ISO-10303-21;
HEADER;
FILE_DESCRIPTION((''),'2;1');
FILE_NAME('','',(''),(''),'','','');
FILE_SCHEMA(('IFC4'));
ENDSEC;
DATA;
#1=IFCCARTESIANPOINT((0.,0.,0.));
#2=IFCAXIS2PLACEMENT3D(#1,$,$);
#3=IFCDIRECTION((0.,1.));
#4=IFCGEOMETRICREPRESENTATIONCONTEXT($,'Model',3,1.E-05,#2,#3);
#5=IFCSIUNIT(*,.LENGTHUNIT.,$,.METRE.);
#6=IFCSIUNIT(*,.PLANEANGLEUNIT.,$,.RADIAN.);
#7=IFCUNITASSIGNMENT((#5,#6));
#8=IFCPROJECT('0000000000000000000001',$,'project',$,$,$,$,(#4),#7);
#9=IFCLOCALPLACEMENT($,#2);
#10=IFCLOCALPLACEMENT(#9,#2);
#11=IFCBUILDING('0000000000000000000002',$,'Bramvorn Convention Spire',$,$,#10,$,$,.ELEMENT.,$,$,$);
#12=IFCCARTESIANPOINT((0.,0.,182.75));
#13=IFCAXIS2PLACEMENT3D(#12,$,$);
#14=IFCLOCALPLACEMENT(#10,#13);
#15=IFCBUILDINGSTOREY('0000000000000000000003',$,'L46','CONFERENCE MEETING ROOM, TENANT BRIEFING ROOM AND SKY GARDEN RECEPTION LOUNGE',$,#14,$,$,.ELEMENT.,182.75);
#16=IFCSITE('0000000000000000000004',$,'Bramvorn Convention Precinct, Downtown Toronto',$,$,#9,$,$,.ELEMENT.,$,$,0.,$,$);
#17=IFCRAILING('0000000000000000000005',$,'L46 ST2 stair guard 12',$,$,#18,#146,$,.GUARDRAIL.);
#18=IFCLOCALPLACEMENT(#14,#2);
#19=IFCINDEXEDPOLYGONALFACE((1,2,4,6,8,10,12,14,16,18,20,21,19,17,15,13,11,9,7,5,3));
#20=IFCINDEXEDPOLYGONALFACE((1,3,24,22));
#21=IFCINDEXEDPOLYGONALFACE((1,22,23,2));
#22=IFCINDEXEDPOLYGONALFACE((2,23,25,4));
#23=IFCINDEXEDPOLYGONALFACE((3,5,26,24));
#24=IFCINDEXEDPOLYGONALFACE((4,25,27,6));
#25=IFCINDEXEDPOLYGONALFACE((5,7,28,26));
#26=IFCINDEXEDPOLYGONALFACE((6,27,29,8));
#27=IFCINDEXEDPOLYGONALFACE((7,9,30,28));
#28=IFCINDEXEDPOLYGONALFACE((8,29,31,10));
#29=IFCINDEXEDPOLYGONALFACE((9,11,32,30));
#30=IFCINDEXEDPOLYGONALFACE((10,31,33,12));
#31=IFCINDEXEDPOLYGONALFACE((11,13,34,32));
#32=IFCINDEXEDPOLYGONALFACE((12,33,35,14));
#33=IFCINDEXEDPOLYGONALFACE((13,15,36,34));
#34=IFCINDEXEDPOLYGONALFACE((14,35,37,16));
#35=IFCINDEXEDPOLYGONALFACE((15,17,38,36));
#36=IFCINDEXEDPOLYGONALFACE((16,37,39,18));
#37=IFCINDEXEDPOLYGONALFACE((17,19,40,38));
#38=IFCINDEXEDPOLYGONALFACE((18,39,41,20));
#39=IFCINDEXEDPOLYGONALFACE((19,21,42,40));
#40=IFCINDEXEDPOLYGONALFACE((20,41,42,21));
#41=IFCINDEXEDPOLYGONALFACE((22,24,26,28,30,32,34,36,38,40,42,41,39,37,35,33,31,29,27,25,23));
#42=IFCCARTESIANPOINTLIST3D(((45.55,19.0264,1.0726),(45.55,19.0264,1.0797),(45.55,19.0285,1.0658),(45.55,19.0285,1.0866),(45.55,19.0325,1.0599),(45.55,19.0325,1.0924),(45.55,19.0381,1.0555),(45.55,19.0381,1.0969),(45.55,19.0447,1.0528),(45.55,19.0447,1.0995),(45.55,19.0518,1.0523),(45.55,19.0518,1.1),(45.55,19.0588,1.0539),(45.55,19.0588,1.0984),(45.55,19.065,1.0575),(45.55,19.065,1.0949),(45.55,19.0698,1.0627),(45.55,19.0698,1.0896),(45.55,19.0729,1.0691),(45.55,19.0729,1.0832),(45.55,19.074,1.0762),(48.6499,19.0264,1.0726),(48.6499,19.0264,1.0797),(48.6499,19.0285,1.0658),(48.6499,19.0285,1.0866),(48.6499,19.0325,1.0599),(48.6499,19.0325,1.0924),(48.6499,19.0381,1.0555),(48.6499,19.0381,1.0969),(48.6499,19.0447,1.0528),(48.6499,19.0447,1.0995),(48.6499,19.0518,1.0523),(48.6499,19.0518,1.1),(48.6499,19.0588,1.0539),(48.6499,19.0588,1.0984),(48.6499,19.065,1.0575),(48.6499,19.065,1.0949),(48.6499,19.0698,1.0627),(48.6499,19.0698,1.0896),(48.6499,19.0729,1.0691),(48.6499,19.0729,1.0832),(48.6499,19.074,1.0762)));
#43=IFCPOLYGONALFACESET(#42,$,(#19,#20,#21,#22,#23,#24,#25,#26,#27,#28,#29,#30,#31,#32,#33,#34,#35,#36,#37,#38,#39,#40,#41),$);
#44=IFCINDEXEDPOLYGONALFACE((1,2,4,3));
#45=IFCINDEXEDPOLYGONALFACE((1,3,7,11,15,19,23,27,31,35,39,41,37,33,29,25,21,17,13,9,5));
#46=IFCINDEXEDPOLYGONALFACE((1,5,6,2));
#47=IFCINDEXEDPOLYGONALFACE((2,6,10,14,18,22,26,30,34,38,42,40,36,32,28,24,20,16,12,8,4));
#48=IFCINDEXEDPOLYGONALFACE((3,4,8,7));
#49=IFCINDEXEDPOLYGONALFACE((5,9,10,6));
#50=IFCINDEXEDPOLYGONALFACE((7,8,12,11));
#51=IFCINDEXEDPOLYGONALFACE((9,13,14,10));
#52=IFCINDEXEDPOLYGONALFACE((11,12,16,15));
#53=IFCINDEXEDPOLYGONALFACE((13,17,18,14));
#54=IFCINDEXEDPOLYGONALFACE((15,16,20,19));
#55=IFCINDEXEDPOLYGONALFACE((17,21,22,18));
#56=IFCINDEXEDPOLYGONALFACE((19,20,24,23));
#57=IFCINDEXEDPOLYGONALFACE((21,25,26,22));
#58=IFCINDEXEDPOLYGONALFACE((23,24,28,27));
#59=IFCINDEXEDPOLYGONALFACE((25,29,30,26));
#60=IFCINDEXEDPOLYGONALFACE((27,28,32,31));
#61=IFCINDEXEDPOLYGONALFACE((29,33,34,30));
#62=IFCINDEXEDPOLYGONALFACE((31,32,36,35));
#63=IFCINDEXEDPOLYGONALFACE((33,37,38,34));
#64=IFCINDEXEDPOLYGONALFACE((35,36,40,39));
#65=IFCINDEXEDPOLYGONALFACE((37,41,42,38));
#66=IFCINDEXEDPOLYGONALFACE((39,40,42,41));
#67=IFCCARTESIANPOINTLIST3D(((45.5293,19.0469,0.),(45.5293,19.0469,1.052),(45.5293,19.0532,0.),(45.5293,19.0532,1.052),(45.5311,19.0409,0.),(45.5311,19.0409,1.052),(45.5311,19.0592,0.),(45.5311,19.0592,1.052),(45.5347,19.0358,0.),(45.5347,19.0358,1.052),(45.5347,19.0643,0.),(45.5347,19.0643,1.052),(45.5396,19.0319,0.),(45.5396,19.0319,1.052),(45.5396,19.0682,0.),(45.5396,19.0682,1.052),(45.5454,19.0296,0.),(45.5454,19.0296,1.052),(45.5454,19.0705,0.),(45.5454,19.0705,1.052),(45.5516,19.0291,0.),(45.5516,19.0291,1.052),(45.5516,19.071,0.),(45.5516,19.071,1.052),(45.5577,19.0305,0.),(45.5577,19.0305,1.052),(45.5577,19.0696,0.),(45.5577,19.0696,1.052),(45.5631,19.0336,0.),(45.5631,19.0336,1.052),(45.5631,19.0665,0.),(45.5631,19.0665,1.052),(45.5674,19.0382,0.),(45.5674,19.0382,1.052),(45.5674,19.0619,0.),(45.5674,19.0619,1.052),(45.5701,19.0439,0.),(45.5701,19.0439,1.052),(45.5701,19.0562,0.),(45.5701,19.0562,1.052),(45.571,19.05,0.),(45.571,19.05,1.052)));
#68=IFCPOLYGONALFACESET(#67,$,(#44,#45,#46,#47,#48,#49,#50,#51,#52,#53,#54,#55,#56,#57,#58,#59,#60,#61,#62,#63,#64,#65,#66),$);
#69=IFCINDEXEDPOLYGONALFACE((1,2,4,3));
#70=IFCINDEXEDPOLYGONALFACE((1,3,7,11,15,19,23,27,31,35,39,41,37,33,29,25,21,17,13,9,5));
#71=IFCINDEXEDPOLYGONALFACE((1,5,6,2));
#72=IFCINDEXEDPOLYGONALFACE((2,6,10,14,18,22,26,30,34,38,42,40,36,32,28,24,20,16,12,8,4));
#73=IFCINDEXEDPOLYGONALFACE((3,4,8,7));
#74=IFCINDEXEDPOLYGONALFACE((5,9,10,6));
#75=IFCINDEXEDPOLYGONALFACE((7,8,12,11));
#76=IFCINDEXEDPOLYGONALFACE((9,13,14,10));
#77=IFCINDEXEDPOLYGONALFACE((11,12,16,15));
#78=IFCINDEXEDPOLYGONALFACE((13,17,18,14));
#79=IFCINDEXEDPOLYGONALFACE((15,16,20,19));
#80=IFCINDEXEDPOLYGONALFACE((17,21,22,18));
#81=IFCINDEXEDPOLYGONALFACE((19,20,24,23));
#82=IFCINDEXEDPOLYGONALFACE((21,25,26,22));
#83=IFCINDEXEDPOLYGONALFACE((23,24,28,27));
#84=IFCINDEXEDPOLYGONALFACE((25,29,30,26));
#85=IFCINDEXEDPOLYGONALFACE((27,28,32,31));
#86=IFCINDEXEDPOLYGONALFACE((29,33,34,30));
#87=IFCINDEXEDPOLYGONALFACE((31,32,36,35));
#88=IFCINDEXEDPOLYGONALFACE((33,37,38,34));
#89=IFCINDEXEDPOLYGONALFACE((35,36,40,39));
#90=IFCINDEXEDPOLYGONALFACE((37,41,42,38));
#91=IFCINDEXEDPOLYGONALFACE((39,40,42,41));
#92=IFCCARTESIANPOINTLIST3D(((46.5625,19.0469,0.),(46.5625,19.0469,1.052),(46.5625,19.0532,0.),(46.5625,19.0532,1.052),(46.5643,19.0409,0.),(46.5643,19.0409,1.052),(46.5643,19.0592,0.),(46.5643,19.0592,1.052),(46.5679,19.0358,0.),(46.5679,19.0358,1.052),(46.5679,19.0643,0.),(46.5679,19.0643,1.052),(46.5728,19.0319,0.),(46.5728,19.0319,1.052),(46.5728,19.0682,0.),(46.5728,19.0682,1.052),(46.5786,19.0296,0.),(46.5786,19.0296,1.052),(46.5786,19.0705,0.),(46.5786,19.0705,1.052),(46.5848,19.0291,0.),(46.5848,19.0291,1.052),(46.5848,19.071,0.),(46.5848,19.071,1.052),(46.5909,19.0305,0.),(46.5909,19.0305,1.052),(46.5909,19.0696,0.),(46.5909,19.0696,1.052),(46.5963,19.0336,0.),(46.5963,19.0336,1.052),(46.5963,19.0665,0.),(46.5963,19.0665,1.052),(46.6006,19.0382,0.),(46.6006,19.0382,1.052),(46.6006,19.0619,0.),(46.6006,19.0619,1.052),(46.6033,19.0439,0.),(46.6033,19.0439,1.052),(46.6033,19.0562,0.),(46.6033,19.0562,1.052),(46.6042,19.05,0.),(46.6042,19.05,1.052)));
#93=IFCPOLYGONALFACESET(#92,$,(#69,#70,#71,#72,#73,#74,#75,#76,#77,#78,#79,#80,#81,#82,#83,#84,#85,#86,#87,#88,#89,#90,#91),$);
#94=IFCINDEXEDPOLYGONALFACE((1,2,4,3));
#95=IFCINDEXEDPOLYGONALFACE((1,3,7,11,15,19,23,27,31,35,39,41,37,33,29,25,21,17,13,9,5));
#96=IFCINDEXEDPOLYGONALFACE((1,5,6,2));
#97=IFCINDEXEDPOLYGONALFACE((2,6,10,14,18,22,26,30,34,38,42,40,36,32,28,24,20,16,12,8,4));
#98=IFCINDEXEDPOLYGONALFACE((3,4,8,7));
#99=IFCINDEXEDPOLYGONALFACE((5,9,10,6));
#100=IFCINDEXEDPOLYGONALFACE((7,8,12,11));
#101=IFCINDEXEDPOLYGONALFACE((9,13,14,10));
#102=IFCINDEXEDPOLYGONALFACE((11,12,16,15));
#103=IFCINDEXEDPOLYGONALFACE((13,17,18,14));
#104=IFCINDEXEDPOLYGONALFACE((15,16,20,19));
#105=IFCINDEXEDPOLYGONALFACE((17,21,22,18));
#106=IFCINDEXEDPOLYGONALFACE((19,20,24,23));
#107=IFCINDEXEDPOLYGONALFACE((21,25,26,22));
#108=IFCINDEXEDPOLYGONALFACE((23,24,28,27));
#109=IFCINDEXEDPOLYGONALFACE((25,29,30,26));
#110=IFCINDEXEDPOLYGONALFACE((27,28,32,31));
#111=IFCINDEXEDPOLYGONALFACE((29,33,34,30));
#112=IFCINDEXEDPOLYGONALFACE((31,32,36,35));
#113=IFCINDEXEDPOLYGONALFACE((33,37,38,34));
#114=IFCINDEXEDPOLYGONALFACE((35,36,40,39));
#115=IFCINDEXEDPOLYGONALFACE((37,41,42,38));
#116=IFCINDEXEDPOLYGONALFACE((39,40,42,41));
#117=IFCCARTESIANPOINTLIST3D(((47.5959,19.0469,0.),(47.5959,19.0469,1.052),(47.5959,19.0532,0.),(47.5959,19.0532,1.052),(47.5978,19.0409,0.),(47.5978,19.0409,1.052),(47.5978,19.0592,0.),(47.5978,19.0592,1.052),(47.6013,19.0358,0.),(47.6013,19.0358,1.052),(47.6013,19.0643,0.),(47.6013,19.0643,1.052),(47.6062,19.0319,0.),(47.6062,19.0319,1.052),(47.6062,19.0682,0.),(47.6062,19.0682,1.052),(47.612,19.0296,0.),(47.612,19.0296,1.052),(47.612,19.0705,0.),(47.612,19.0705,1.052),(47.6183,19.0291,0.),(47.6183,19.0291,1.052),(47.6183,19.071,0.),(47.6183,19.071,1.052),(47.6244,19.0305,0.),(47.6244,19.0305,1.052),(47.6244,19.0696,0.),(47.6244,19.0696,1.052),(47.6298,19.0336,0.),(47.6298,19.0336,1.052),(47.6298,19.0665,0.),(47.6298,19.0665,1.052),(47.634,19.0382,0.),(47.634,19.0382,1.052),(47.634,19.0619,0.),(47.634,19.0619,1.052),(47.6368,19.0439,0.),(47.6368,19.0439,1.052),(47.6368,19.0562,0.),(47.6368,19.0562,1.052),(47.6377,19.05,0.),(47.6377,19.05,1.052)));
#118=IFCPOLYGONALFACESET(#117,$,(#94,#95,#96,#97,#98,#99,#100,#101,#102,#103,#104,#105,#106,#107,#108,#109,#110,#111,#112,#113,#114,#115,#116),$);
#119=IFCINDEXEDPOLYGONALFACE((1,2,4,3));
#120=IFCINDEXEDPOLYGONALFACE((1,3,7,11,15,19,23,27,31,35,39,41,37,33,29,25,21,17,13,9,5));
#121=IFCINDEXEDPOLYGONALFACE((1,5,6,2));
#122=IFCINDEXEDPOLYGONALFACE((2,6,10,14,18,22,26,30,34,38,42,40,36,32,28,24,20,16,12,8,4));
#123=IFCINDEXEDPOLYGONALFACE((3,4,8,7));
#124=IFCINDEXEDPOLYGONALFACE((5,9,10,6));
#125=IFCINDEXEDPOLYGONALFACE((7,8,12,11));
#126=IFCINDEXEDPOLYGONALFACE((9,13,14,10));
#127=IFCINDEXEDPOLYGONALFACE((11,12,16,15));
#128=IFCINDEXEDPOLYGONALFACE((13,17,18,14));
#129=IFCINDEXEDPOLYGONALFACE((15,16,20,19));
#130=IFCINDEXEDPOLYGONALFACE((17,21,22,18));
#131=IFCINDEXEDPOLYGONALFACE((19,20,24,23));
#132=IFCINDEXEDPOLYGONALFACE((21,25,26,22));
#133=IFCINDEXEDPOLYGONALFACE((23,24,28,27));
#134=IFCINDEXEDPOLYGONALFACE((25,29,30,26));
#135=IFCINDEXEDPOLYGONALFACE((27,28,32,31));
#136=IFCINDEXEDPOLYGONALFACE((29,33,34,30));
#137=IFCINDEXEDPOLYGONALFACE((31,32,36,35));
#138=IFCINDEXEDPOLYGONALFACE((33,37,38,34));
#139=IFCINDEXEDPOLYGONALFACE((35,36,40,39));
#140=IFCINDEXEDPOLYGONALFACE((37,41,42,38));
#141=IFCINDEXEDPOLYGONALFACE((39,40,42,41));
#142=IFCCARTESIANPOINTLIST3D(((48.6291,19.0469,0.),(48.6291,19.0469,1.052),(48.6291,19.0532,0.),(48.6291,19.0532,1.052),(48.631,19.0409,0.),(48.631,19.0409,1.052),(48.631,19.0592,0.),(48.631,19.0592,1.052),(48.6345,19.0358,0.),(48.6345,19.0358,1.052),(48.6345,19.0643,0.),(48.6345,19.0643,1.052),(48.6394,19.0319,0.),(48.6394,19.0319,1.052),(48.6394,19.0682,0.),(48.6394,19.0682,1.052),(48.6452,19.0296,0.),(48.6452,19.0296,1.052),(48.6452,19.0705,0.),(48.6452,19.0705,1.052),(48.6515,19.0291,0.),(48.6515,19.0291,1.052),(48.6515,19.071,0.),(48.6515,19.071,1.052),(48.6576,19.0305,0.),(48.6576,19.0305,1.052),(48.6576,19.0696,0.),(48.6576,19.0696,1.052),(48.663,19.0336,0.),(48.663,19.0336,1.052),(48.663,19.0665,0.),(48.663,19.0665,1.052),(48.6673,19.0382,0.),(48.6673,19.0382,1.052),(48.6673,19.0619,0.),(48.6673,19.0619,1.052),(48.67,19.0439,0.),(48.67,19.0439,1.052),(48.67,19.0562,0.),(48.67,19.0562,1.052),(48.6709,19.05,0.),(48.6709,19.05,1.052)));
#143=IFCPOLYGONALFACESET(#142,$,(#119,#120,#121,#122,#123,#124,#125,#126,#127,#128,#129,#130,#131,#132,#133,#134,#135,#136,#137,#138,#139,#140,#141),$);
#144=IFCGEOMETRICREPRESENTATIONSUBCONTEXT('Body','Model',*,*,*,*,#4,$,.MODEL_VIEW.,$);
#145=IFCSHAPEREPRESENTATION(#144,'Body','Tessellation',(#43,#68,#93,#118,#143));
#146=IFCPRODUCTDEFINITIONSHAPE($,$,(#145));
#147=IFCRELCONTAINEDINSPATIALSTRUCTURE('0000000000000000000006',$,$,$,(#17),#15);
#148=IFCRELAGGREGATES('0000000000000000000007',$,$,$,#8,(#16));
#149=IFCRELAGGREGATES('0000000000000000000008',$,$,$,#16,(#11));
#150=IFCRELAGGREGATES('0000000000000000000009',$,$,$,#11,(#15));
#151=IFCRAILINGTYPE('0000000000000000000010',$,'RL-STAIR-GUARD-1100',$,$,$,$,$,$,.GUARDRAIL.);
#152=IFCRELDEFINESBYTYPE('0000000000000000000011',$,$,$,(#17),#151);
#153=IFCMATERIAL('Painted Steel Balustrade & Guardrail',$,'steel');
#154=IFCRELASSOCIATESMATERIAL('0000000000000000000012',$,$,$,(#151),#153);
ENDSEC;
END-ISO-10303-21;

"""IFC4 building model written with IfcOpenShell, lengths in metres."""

from ifc_helpers import new_model, si_unit, direction, frame, origin, origin_2d, place, context, subcontext, project, spatial, circle, extrude, material, type_object, element, save


model = new_model("IFC4")

# Units and contexts
model_context = context("Model", 3, precision=1e-05, world=origin(), true_north=direction((0.0, 1.0)))
body_context = subcontext(model_context, "Body", "Model", "MODEL_VIEW")
ifc_project = project(units=[si_unit("LENGTHUNIT", "METRE"), si_unit("PLANEANGLEUNIT", "RADIAN")], contexts=[model_context])

# Site, building, storey
site_placement = place(None, origin())
site = spatial("IfcSite", under=ifc_project, at=site_placement, Name="Bramvorn Convention Precinct, Downtown Toronto", CompositionType="ELEMENT", RefElevation=0.0)
building_placement = place(site_placement, origin())
building = spatial("IfcBuilding", under=site, at=building_placement, Name="Bramvorn Convention Spire", CompositionType="ELEMENT")
storey_placement = place(building_placement, frame((0.0, 0.0, 182.75)))
storey = spatial("IfcBuildingStorey", under=building, at=storey_placement, Name="L46", Description="CONFERENCE MEETING ROOM, TENANT BRIEFING ROOM AND SKY GARDEN RECEPTION LOUNGE", CompositionType="ELEMENT", Elevation=182.75)

# Railing
ifc_material_1 = material(Name="Painted Steel Balustrade & Guardrail", Category="steel")
railing_type = type_object("IfcRailingType", Name="RL-STAIR-GUARD-1100", PredefinedType="GUARDRAIL", material=ifc_material_1)
railing_1_placement = place(storey_placement, frame((45.55, 19.05, 0.0)))
element("IfcRailing", 1, at=railing_1_placement, inside=storey, type_object=railing_type, Name="L46 ST2 stair guard 12", PredefinedType="GUARDRAIL", context=body_context, shape_type="SweptSolid", body=[
    extrude(circle(Radius=0.0239, at=origin_2d()), frame((0.0, 0.0, 1.0762), z_axis=(1.0, 0.0, 0.0), x_axis=(0.0, 1.0, 0.0)), (0.0, 0.0, 1.0), 3.0999),
    extrude(circle(Radius=0.021, at=origin_2d()), origin(), (0.0, 0.0, 1.0), 1.052),
    extrude(circle(Radius=0.021, at=origin_2d()), frame((1.0332, 0.0, 0.0)), (0.0, 0.0, 1.0), 1.052),
    extrude(circle(Radius=0.021, at=origin_2d()), frame((2.0667, 0.0, 0.0)), (0.0, 0.0, 1.0), 1.052),
    extrude(circle(Radius=0.021, at=origin_2d()), frame((3.0999, 0.0, 0.0)), (0.0, 0.0, 1.0), 1.052),
])

save(model, "model.ifc")
